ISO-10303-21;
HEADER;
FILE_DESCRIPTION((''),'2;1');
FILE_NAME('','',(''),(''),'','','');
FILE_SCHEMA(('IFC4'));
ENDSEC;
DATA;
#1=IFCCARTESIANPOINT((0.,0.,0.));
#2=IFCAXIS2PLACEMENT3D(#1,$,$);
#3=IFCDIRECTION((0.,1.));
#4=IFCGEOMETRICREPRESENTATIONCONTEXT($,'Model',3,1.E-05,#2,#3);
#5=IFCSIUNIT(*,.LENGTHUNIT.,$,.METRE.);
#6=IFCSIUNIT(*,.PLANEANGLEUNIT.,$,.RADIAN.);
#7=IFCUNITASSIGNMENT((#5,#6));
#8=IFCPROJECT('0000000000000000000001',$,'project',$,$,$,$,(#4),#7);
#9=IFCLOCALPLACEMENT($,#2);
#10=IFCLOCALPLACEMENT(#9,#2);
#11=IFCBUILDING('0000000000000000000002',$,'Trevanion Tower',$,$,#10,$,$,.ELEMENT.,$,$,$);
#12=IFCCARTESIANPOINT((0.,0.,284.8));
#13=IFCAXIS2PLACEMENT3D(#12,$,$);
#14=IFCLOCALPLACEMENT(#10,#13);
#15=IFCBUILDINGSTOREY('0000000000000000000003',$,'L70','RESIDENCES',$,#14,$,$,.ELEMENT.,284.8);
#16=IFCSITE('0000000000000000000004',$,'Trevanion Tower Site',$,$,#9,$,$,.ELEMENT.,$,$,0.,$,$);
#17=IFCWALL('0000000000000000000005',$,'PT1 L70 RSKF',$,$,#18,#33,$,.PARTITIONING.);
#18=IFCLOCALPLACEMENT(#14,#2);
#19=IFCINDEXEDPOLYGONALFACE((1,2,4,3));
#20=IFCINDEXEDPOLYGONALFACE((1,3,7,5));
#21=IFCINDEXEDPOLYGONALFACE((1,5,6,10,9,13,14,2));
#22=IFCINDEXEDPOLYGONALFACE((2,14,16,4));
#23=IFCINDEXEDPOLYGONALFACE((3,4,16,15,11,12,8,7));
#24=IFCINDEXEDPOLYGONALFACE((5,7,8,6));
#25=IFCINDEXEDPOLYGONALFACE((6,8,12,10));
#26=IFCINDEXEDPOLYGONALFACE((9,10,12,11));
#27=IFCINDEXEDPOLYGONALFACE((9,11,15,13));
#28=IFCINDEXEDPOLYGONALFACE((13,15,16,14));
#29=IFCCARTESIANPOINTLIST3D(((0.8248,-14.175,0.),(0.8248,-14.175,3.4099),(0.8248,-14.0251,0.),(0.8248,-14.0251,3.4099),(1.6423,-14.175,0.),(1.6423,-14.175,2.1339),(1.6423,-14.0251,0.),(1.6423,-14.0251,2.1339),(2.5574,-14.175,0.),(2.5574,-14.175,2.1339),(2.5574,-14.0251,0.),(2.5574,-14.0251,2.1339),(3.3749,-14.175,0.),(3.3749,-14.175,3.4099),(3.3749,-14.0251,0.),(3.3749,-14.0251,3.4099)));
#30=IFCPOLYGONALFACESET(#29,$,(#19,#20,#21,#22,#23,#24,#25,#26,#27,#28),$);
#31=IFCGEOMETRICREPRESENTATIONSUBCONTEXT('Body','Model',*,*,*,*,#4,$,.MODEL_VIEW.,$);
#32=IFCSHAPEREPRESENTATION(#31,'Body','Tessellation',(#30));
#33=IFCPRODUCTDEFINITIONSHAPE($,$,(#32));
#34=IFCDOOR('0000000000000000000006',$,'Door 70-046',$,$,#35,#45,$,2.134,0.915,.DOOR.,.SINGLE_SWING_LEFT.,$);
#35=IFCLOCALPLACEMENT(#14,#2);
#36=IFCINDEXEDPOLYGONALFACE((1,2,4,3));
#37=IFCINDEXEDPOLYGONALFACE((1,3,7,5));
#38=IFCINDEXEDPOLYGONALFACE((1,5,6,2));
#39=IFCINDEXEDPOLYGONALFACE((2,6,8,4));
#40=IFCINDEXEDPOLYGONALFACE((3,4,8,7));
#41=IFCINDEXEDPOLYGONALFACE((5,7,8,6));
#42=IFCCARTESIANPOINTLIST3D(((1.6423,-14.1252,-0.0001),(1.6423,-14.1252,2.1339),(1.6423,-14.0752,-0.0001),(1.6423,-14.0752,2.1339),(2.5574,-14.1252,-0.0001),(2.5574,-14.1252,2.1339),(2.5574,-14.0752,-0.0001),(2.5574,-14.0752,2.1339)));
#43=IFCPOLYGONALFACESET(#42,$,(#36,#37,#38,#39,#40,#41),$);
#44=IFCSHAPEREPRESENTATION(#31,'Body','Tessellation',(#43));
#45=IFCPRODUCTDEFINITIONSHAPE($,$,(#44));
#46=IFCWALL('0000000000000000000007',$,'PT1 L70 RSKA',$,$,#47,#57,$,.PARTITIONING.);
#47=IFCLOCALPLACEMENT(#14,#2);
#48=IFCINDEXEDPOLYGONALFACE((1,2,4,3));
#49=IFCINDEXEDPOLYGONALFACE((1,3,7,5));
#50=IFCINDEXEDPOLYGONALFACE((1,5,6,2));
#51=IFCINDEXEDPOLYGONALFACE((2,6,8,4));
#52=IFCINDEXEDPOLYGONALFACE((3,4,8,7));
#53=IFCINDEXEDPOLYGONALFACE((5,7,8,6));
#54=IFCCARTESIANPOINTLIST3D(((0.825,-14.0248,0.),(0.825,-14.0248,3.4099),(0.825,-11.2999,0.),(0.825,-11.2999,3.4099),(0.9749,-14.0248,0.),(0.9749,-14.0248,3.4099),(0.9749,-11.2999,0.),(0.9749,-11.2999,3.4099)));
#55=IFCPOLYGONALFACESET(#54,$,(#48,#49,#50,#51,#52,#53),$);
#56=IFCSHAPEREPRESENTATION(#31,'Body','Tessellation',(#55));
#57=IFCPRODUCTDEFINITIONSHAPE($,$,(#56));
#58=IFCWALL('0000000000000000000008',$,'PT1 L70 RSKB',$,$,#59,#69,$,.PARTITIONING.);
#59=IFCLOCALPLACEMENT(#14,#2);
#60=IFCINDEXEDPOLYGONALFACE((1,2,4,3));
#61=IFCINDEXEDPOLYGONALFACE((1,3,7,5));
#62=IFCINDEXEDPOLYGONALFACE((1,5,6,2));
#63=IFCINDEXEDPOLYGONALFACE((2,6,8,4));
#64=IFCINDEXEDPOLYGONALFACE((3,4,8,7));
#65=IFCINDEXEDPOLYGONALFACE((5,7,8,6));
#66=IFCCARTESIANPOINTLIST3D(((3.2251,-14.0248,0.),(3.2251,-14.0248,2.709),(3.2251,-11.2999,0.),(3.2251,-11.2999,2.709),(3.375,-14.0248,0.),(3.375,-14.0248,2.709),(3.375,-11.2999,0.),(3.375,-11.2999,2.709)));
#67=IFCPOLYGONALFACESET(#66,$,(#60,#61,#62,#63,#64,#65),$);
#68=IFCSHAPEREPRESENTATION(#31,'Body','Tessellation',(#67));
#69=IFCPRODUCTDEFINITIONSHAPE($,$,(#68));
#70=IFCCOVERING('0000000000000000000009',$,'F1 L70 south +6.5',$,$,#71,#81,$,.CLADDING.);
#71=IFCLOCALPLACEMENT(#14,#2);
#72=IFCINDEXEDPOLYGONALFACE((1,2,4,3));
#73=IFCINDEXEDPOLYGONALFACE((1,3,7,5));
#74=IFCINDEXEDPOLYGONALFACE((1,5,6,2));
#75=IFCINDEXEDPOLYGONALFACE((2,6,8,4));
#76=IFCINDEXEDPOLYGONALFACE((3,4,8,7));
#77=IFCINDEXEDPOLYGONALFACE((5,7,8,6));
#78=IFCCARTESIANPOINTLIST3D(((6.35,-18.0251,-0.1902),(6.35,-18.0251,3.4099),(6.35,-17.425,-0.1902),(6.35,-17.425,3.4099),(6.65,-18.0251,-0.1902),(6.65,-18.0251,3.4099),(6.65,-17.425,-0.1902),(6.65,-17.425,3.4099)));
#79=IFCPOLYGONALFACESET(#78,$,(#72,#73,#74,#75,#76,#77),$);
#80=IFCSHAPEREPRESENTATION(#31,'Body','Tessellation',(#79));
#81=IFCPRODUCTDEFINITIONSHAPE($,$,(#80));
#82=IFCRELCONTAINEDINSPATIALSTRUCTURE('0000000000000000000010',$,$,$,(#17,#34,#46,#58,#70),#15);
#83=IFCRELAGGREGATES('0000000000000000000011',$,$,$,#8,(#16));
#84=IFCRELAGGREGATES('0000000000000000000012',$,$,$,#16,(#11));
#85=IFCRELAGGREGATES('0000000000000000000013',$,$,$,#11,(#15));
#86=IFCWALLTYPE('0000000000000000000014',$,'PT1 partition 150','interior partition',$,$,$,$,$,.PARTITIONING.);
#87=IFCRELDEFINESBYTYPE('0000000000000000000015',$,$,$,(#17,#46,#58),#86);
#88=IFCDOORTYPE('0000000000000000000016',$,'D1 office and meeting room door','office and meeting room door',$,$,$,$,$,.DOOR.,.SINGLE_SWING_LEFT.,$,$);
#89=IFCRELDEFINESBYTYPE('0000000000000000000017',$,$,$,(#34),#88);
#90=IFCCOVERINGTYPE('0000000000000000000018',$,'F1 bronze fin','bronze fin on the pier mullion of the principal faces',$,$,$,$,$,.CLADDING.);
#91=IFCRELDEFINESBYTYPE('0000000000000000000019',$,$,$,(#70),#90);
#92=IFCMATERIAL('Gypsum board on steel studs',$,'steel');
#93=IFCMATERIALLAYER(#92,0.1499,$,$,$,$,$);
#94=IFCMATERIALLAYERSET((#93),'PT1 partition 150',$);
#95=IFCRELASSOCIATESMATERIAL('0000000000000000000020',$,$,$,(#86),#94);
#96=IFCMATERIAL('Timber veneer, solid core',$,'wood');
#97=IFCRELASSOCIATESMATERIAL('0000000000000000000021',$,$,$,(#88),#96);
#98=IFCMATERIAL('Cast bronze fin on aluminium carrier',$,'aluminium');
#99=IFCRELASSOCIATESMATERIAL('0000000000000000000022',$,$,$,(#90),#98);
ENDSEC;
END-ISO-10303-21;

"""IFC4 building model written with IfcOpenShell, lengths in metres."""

from ifc_helpers import new_model, si_unit, direction, frame, frame_2d, origin, origin_2d, place, context, subcontext, project, spatial, rectangle, extrude, material, layer, layer_set, type_object, element, fill, save


model = new_model("IFC4")

# Units and contexts
model_context = context("Model", 3, precision=1e-05, world=origin(), true_north=direction((0.0, 1.0)))
body_context = subcontext(model_context, "Body", "Model", "MODEL_VIEW")
ifc_project = project(units=[si_unit("LENGTHUNIT", "METRE"), si_unit("PLANEANGLEUNIT", "RADIAN")], contexts=[model_context])

# Site, building, storey
site_placement = place(None, origin())
site = spatial("IfcSite", under=ifc_project, at=site_placement, Name="Trevanion Tower Site", CompositionType="ELEMENT", RefElevation=0.0)
building_placement = place(site_placement, origin())
building = spatial("IfcBuilding", under=site, at=building_placement, Name="Trevanion Tower", CompositionType="ELEMENT")
storey_placement = place(building_placement, frame((0.0, 0.0, 284.8)))
storey = spatial("IfcBuildingStorey", under=building, at=storey_placement, Name="L70", Description="RESIDENCES", CompositionType="ELEMENT", Elevation=284.8)

# Wall, opening, door
ifc_material_1 = material(Name="Gypsum board on steel studs", Category="steel")
ifc_layer_1 = layer(ifc_material_1, 0.1499)
ifc_layer_set_1 = layer_set([ifc_layer_1], Name="PT1 partition 150")
wall_type_1 = type_object("IfcWallType", Name="PT1 partition 150", Description="interior partition", PredefinedType="PARTITIONING", material=ifc_layer_set_1)
wall_1_placement = place(storey_placement, frame((0.825, -14.1001, 0.0), z_axis=(0.0, 0.0, 1.0), x_axis=(1.0, 0.0, 0.0)))
wall_1 = element("IfcWall", 1, at=wall_1_placement, inside=storey, type_object=wall_type_1, Name="PT1 L70 RSKF", PredefinedType="PARTITIONING", context=body_context, shape_type="SweptSolid", body=[
    extrude(rectangle(XDim=2.55, YDim=0.1499, at=frame_2d((1.2749, 0.0))), origin(), (0.0, 0.0, 1.0), 3.4099),
])
opening_placement = place(wall_1_placement, frame((0.8174, 0.0, 0.0)))
opening = element("IfcOpeningElement", 2, at=opening_placement, cuts=wall_1, PredefinedType="OPENING", context=body_context, shape_type="SweptSolid", body=[
    extrude(rectangle(XDim=0.915, YDim=2.134, at=frame_2d((0.4575, 1.0669))), frame((0.0, 0.085, 0.0), z_axis=(0.0, -1.0, 0.0), x_axis=(1.0, 0.0, 0.0)), (0.0, 0.0, 1.0), 0.1699),
])
ifc_material_2 = material(Name="Timber veneer, solid core", Category="wood")
door_type = type_object("IfcDoorType", Name="D1 office and meeting room door", Description="office and meeting room door", OperationType="SINGLE_SWING_LEFT", PredefinedType="DOOR", material=ifc_material_2)
door_placement = place(opening_placement, origin())
door = element("IfcDoor", 3, at=door_placement, inside=storey, type_object=door_type, Name="Door 70-046", OperationType="SINGLE_SWING_LEFT", OverallHeight=2.134, OverallWidth=0.915, PredefinedType="DOOR", context=body_context, shape_type="SweptSolid", body=[
    extrude(rectangle(XDim=0.915, YDim=2.134, at=frame_2d((0.4575, 1.0669))), frame((0.0, 0.0249, 0.0), z_axis=(0.0, -1.0, 0.0), x_axis=(1.0, 0.0, 0.0)), (0.0, 0.0, 1.0), 0.05),
])
fill(opening, door)

# Walls
wall_2_placement = place(storey_placement, frame((0.8999, -11.3, 0.0), z_axis=(0.0, 0.0, 1.0), x_axis=(0.0, -1.0, 0.0)))
element("IfcWall", 4, at=wall_2_placement, inside=storey, type_object=wall_type_1, Name="PT1 L70 RSKA", PredefinedType="PARTITIONING", context=body_context, shape_type="SweptSolid", body=[
    extrude(rectangle(XDim=2.7249, YDim=0.1499, at=frame_2d((1.3623, 0.0))), origin(), (0.0, 0.0, 1.0), 3.4099),
])
wall_3_placement = place(storey_placement, frame((3.3, -11.3, 0.0), z_axis=(0.0, 0.0, 1.0), x_axis=(0.0, -1.0, 0.0)))
element("IfcWall", 5, at=wall_3_placement, inside=storey, type_object=wall_type_1, Name="PT1 L70 RSKB", PredefinedType="PARTITIONING", context=body_context, shape_type="SweptSolid", body=[
    extrude(rectangle(XDim=2.7249, YDim=0.1499, at=frame_2d((1.3623, 0.0))), origin(), (0.0, 0.0, 1.0), 2.709),
])

# Covering
ifc_material_3 = material(Name="Cast bronze fin on aluminium carrier", Category="aluminium")
covering_type = type_object("IfcCoveringType", Name="F1 bronze fin", Description="bronze fin on the pier mullion of the principal faces", PredefinedType="CLADDING", material=ifc_material_3)
covering_placement = place(storey_placement, frame((6.5, -17.7251, -0.1902), z_axis=(0.0, 0.0, 1.0), x_axis=(1.0, 0.0, 0.0)))
element("IfcCovering", 6, at=covering_placement, inside=storey, type_object=covering_type, Name="F1 L70 south +6.5", PredefinedType="CLADDING", context=body_context, shape_type="SweptSolid", body=[
    extrude(rectangle(XDim=0.3, YDim=0.6001, at=origin_2d()), origin(), (0.0, 0.0, 1.0), 3.6001),
])

save(model, "model.ifc")
